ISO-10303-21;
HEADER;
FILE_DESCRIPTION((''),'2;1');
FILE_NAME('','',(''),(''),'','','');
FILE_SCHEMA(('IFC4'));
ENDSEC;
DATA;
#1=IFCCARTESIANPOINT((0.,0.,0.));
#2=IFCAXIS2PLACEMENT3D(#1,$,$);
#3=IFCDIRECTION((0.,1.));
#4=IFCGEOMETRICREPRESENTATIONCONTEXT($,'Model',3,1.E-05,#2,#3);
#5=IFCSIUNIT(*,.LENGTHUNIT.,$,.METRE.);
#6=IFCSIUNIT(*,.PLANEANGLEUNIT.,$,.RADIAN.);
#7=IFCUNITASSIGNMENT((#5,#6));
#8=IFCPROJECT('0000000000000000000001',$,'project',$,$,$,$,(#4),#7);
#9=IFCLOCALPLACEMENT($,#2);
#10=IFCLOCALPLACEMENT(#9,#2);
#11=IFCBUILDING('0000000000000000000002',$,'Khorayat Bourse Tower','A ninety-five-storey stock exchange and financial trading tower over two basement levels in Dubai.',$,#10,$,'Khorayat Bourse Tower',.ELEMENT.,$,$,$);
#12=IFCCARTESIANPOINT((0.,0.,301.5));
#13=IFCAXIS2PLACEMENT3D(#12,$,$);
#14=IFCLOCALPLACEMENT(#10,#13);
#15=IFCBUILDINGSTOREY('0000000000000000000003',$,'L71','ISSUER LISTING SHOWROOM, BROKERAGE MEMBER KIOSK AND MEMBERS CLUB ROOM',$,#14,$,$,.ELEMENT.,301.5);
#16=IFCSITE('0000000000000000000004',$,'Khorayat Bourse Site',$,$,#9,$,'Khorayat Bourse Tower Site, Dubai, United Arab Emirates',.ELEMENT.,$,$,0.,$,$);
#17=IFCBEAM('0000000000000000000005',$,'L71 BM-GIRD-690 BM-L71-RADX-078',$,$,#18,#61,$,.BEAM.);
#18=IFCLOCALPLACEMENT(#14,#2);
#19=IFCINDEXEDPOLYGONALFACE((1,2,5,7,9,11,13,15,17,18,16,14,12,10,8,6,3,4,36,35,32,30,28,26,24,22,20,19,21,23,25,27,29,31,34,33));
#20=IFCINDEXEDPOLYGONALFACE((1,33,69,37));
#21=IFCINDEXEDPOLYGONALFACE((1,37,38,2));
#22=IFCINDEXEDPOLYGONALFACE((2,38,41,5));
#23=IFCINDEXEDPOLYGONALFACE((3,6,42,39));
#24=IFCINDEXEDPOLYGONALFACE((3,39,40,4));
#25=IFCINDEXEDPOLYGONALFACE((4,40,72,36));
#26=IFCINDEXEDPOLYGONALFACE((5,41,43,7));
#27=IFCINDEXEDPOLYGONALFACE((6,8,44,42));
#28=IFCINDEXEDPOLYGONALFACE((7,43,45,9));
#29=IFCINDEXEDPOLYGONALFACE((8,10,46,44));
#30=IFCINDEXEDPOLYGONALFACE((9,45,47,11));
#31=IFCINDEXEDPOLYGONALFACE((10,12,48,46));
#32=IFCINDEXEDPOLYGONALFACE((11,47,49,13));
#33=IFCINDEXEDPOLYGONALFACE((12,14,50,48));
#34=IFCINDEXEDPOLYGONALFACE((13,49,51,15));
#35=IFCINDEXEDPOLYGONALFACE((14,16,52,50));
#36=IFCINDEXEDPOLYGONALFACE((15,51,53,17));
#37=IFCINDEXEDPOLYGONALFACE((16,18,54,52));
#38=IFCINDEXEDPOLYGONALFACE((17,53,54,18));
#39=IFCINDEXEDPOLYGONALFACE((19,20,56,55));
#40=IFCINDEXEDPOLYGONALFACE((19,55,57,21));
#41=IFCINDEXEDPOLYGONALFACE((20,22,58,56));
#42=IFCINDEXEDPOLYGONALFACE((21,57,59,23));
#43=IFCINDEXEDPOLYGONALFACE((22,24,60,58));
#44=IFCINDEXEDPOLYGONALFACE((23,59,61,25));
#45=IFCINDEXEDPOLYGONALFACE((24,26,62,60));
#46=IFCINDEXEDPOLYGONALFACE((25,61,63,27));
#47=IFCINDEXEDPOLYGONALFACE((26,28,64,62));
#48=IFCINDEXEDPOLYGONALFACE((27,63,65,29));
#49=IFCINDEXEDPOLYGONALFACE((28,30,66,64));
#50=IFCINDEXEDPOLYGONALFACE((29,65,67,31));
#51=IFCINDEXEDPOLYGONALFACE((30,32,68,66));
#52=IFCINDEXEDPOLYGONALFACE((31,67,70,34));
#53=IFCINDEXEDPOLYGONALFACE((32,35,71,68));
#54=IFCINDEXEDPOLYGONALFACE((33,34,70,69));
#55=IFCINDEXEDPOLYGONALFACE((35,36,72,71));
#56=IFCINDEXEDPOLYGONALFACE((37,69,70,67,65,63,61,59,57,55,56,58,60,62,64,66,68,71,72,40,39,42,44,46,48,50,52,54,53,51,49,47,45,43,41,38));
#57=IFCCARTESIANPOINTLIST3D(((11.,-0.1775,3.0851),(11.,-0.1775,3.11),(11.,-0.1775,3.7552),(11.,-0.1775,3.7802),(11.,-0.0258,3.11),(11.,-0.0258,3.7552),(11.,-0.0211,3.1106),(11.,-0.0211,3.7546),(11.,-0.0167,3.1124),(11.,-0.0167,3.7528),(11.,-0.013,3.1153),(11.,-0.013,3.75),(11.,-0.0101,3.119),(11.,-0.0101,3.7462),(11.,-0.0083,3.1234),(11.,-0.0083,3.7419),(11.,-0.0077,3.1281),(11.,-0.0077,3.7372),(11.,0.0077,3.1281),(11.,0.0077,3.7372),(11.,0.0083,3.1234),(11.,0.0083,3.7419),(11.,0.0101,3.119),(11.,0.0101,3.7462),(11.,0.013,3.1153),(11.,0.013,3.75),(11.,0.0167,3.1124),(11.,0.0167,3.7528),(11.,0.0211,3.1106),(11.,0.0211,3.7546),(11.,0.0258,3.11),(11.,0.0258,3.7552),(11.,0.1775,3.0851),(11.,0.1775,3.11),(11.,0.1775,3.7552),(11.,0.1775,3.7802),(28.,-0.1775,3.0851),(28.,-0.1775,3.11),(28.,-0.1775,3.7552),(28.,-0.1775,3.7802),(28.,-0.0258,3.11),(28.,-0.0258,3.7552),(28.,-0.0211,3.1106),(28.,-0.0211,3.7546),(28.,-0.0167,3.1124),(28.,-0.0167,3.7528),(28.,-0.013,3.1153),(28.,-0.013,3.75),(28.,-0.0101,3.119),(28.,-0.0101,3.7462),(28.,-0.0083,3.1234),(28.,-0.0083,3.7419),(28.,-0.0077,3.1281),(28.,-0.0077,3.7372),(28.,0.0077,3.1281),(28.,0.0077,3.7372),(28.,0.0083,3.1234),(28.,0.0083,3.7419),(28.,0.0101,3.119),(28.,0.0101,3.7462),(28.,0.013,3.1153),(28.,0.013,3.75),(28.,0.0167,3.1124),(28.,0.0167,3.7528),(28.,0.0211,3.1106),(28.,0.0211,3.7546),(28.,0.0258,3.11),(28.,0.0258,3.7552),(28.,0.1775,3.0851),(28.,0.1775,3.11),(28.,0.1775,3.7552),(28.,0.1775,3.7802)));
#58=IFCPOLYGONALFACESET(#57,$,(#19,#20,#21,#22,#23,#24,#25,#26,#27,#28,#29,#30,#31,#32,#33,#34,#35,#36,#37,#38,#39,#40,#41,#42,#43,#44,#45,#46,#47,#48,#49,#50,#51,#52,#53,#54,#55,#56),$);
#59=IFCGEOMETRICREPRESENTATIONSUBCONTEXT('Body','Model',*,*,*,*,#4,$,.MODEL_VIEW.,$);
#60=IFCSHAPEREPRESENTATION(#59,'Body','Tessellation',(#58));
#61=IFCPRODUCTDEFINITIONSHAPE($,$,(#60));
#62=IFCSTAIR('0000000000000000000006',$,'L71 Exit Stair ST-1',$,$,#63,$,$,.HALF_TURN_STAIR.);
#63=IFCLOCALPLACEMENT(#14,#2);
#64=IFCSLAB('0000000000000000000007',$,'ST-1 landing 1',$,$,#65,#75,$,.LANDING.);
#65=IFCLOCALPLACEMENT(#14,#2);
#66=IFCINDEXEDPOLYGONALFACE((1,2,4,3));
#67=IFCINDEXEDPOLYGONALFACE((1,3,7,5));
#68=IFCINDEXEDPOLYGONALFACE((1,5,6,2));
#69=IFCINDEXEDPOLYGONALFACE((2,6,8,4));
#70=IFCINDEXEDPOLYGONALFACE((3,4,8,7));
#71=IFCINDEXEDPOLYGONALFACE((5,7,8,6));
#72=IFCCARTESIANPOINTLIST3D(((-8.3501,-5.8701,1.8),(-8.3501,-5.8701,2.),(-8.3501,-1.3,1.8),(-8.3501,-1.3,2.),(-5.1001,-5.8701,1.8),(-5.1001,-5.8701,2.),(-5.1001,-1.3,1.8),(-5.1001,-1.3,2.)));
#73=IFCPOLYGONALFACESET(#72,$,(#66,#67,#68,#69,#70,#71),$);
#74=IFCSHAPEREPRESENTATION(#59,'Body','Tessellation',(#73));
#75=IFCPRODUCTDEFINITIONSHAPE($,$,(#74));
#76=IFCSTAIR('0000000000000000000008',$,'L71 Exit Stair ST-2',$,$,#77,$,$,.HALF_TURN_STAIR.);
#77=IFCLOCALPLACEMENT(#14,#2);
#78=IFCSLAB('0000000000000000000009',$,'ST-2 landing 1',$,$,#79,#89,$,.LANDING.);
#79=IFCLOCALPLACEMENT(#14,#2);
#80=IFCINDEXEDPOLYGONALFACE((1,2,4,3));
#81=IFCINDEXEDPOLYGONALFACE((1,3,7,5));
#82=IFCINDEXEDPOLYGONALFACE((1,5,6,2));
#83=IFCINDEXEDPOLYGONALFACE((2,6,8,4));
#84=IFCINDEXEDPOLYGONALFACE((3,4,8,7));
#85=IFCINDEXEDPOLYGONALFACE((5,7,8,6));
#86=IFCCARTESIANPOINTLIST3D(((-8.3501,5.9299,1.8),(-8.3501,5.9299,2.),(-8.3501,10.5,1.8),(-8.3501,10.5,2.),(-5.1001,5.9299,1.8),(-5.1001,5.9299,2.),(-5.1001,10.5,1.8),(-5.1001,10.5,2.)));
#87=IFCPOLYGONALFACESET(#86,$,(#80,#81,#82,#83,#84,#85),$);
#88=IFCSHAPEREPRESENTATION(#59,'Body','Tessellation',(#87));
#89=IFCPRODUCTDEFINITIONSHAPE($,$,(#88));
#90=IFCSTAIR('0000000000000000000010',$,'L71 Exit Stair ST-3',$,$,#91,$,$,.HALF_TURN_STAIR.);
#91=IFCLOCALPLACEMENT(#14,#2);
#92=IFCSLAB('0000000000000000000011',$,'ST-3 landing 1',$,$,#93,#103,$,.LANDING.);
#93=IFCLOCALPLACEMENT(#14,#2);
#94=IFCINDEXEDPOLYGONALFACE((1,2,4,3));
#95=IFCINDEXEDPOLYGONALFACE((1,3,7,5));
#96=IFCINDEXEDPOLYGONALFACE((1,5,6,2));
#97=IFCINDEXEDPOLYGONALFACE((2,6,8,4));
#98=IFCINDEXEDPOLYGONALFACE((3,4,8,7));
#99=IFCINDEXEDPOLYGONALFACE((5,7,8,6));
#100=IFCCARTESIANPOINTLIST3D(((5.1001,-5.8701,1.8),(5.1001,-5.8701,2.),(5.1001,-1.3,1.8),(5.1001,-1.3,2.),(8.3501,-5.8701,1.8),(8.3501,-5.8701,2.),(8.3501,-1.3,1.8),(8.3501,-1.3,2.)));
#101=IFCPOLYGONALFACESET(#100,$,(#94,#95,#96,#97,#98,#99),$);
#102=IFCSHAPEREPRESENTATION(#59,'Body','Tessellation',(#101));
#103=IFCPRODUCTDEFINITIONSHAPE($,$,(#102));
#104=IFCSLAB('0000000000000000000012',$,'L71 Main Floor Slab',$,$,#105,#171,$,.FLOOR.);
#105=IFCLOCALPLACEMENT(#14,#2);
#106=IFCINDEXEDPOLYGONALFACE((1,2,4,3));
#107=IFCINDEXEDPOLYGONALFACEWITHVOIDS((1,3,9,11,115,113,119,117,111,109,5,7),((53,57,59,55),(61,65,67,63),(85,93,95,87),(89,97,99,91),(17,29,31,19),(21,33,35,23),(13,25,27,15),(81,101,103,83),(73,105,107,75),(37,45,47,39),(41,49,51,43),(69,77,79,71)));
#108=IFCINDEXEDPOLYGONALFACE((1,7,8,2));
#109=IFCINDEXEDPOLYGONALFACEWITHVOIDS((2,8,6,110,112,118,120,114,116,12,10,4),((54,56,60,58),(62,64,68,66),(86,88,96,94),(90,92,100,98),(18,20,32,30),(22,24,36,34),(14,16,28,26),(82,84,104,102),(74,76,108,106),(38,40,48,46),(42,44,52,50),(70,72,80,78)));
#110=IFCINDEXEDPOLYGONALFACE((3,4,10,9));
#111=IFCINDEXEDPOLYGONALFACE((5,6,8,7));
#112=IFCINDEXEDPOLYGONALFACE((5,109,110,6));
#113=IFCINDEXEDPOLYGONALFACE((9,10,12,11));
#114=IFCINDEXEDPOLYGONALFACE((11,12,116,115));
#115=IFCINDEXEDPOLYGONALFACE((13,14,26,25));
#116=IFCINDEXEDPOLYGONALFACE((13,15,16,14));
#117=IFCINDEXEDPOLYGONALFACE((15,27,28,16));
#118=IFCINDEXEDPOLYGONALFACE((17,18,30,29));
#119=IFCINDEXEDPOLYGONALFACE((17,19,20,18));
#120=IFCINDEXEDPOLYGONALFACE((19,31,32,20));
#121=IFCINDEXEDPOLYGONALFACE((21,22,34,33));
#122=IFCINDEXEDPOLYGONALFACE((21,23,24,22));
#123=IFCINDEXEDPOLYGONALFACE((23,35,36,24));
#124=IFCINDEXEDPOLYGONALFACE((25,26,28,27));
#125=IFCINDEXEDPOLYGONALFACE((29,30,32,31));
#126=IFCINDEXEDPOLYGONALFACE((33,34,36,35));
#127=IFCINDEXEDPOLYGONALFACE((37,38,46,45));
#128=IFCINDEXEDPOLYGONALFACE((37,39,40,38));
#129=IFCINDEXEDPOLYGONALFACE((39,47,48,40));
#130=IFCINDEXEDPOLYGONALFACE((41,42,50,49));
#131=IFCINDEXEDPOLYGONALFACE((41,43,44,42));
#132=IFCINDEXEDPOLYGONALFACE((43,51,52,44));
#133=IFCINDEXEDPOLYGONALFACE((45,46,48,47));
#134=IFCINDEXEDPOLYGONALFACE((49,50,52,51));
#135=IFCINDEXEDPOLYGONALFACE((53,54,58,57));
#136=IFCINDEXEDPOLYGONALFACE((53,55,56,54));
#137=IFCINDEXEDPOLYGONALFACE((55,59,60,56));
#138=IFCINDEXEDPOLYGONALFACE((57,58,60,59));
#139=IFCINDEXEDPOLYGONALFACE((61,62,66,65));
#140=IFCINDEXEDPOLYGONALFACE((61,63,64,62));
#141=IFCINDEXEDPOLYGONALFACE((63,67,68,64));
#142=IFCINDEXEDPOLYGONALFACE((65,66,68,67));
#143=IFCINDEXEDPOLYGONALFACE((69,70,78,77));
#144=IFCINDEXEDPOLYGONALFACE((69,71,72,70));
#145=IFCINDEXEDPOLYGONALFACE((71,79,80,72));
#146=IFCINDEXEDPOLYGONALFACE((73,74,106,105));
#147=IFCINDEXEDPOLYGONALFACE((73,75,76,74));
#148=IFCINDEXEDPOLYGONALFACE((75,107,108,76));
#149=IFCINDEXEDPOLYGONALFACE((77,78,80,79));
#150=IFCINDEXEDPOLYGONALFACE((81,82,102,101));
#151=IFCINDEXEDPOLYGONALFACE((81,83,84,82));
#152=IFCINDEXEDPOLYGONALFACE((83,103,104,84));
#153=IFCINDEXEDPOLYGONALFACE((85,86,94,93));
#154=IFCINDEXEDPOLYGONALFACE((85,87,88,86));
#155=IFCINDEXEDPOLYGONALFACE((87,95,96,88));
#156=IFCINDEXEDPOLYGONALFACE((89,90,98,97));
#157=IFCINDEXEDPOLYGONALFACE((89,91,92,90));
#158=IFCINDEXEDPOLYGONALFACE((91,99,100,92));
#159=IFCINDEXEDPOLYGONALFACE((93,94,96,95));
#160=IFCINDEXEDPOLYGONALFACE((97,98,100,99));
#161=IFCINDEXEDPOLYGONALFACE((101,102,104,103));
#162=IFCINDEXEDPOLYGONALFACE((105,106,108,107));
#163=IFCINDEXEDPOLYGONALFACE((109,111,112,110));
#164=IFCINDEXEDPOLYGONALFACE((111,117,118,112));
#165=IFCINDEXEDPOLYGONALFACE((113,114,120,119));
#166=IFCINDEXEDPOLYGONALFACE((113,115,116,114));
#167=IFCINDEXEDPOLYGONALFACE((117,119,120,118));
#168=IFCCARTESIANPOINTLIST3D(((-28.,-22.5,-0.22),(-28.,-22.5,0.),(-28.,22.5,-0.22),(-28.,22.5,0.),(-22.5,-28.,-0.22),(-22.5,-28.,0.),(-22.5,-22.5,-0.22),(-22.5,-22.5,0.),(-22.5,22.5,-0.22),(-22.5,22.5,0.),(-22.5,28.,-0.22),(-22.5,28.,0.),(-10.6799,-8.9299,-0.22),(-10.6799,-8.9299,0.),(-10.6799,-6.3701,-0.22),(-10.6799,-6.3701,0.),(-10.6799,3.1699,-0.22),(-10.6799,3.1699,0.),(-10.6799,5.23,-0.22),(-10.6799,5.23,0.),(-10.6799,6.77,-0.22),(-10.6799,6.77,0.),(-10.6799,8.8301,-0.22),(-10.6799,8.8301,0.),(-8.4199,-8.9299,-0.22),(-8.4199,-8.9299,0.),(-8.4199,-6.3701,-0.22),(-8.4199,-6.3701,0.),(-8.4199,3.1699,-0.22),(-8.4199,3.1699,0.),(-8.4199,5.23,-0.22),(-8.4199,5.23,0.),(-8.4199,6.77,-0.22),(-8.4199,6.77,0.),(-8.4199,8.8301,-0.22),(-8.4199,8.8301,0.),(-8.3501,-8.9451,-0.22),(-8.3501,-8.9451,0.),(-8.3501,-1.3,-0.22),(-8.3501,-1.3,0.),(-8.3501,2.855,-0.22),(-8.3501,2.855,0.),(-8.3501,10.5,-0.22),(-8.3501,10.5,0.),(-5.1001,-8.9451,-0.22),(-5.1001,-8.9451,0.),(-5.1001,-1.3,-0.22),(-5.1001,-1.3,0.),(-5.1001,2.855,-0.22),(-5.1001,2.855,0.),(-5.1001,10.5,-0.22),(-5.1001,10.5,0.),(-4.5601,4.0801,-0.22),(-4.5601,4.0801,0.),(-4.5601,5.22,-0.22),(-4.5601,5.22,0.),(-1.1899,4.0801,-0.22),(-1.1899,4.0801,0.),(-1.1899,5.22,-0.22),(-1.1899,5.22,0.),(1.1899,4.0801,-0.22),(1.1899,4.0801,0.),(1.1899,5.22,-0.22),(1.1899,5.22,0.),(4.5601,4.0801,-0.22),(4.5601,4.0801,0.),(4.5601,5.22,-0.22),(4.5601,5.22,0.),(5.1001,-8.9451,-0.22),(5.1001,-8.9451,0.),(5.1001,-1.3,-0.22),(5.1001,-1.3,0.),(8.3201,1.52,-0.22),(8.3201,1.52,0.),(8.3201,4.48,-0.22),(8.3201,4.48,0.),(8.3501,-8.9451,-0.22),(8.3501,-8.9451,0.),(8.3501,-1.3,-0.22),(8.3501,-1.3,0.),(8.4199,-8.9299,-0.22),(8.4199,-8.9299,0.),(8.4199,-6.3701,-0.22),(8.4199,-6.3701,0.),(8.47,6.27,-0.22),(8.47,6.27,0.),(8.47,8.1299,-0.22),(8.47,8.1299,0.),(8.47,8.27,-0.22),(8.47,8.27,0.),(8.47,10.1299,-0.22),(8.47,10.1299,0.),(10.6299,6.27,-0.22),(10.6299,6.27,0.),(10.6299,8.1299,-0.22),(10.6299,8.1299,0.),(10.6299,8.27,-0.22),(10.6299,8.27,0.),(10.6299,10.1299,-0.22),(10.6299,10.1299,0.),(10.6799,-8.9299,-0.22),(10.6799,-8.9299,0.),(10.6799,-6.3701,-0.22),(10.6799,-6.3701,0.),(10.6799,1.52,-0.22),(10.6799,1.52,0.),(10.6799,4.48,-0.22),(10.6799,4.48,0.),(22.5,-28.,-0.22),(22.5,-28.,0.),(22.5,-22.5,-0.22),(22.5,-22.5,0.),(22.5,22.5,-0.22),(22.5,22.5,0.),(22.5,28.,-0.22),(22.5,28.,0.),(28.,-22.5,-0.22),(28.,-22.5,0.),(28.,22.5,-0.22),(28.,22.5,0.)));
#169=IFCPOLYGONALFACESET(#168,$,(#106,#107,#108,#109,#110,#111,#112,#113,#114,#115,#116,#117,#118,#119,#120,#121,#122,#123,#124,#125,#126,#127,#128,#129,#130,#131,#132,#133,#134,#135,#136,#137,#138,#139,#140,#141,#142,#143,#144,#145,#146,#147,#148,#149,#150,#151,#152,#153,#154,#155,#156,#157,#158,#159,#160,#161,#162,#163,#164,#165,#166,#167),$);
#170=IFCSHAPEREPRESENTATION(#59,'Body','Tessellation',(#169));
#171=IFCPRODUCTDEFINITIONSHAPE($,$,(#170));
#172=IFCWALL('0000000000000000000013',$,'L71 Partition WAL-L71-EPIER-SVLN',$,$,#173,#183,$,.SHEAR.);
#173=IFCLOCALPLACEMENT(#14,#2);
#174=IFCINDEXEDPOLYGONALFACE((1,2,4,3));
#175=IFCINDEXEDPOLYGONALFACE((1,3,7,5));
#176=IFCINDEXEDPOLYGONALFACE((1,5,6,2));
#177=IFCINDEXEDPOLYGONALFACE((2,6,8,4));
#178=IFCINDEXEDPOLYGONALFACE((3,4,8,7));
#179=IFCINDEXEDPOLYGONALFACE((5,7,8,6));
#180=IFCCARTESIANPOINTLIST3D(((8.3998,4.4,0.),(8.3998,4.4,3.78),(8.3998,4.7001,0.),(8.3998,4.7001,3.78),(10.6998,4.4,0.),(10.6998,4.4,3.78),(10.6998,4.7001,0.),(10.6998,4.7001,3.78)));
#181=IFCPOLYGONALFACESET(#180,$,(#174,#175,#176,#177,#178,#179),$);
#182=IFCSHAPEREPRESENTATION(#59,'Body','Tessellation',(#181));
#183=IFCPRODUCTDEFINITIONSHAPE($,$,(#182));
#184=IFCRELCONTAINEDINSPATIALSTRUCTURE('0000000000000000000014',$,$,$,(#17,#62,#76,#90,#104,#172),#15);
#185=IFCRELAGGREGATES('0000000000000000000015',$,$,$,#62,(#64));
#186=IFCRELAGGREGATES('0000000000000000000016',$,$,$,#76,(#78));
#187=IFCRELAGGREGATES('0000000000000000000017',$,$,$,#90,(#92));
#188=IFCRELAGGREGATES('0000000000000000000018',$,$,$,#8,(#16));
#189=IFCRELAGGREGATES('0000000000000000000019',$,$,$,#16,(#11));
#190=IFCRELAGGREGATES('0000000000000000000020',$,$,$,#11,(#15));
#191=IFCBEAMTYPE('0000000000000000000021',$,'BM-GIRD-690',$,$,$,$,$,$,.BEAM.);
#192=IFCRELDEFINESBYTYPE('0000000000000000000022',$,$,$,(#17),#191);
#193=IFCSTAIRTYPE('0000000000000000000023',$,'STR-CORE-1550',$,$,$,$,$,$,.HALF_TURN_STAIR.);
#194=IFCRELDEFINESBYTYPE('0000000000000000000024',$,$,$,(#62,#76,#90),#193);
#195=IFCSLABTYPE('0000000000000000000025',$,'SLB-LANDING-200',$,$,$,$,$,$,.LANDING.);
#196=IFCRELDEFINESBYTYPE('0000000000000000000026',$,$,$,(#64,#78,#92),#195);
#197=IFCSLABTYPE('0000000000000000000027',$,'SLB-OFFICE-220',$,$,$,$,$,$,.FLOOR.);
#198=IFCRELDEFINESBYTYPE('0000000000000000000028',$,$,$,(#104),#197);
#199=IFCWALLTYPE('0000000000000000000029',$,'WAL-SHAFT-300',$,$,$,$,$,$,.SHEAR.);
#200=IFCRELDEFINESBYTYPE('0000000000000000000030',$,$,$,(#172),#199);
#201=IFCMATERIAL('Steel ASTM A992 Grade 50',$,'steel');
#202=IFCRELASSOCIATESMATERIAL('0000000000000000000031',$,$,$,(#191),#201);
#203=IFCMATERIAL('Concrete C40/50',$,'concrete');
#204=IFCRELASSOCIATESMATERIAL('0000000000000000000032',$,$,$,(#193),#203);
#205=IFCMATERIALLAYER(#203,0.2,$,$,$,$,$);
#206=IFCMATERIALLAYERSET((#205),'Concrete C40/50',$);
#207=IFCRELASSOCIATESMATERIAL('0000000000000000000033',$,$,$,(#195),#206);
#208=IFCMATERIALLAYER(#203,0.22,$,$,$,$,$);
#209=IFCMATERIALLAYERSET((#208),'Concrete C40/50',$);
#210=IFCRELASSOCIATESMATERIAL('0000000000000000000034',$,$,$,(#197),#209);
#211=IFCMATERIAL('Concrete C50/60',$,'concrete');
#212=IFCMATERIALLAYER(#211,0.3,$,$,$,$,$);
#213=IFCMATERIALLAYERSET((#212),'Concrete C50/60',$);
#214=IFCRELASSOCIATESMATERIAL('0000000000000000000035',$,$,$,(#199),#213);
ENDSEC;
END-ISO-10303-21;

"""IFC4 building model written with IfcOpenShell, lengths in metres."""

from ifc_helpers import new_model, si_unit, direction, frame, frame_2d, origin, origin_2d, place, context, subcontext, project, spatial, polyline, rectangle, i_section, outline, extrude, source, transform, mapped, material, layer, layer_set, material_profile, profile_set, type_object, element, aggregate, save


model = new_model("IFC4")

# Units and contexts
model_context = context("Model", 3, precision=1e-05, world=origin(), true_north=direction((0.0, 1.0)))
body_context = subcontext(model_context, "Body", "Model", "MODEL_VIEW")
ifc_project = project(units=[si_unit("LENGTHUNIT", "METRE"), si_unit("PLANEANGLEUNIT", "RADIAN")], contexts=[model_context])

# Site, building, storey
site_placement = place(None, origin())
site = spatial("IfcSite", under=ifc_project, at=site_placement, Name="Khorayat Bourse Site", LongName="Khorayat Bourse Tower Site, Dubai, United Arab Emirates", CompositionType="ELEMENT", RefElevation=0.0)
building_placement = place(site_placement, origin())
building = spatial("IfcBuilding", under=site, at=building_placement, Name="Khorayat Bourse Tower", Description="A ninety-five-storey stock exchange and financial trading tower over two basement levels in Dubai.", LongName="Khorayat Bourse Tower", CompositionType="ELEMENT")
storey_placement = place(building_placement, frame((0.0, 0.0, 301.5)))
storey = spatial("IfcBuildingStorey", under=building, at=storey_placement, Name="L71", Description="ISSUER LISTING SHOWROOM, BROKERAGE MEMBER KIOSK AND MEMBERS CLUB ROOM", CompositionType="ELEMENT", Elevation=301.5)

# Beam
ifc_material_1 = material(Name="Steel ASTM A992 Grade 50", Category="steel")
ifc_material_profile_1 = material_profile(ifc_material_1, i_section(OverallWidth=0.355, OverallDepth=0.6951, WebThickness=0.0154, FlangeThickness=0.0249, FilletRadius=0.0181, at=origin_2d()), Name="W690X217")
ifc_profile_set_1 = profile_set([ifc_material_profile_1], Name="Steel ASTM A992 Grade 50")
beam_type_1 = type_object("IfcBeamType", Name="BM-GIRD-690", PredefinedType="BEAM", material=ifc_profile_set_1)
shared_shape_1 = source(origin(), body_context, "Body", "SweptSolid", [
    extrude(i_section(OverallWidth=0.355, OverallDepth=0.6951, WebThickness=0.0154, FlangeThickness=0.0249, FilletRadius=0.0181, at=origin_2d()), origin(), (0.0, 0.0, 1.0), 17.0),
])
beam_1_placement = place(storey_placement, frame((11.0, 0.0, 3.4326), z_axis=(1.0, 0.0, 0.0), x_axis=(0.0, 1.0, 0.0)))
element("IfcBeam", 1, at=beam_1_placement, inside=storey, type_object=beam_type_1, Name="L71 BM-GIRD-690 BM-L71-RADX-078", PredefinedType="BEAM", context=body_context, shape_type="MappedRepresentation", body=[
    mapped(shared_shape_1, transform((0.0, 0.0, 0.0), scale=1.0)),
])

# Stairs, slabs
ifc_material_2 = material(Name="Concrete C40/50", Category="concrete")
stair_type = type_object("IfcStairType", Name="STR-CORE-1550", PredefinedType="HALF_TURN_STAIR", material=ifc_material_2)
stair_1_placement = place(storey_placement, origin())
stair_1 = element("IfcStair", 2, at=stair_1_placement, inside=storey, type_object=stair_type, Name="L71 Exit Stair ST-1", PredefinedType="HALF_TURN_STAIR")
ifc_layer_1 = layer(ifc_material_2, 0.2)
ifc_layer_set_1 = layer_set([ifc_layer_1], Name="Concrete C40/50")
slab_type_1 = type_object("IfcSlabType", Name="SLB-LANDING-200", PredefinedType="LANDING", material=ifc_layer_set_1)
slab_1_placement = place(storey_placement, frame((0.0, 0.0, 1.8)))
slab_1 = element("IfcSlab", 3, at=slab_1_placement, type_object=slab_type_1, Name="ST-1 landing 1", PredefinedType="LANDING", context=body_context, shape_type="SweptSolid", body=[
    extrude(outline(polyline([(-5.1001, -5.8701), (-5.1001, -1.3), (-8.3501, -1.3), (-8.3501, -5.8701), (-5.1001, -5.8701)])), origin(), (0.0, 0.0, 1.0), 0.2),
])
aggregate(stair_1, [slab_1])
stair_2_placement = place(storey_placement, origin())
stair_2 = element("IfcStair", 4, at=stair_2_placement, inside=storey, type_object=stair_type, Name="L71 Exit Stair ST-2", PredefinedType="HALF_TURN_STAIR")
slab_2_placement = place(storey_placement, frame((0.0, 0.0, 1.8)))
slab_2 = element("IfcSlab", 5, at=slab_2_placement, type_object=slab_type_1, Name="ST-2 landing 1", PredefinedType="LANDING", context=body_context, shape_type="SweptSolid", body=[
    extrude(outline(polyline([(-5.1001, 5.9299), (-5.1001, 10.5), (-8.3501, 10.5), (-8.3501, 5.9299), (-5.1001, 5.9299)])), origin(), (0.0, 0.0, 1.0), 0.2),
])
aggregate(stair_2, [slab_2])
stair_3_placement = place(storey_placement, origin())
stair_3 = element("IfcStair", 6, at=stair_3_placement, inside=storey, type_object=stair_type, Name="L71 Exit Stair ST-3", PredefinedType="HALF_TURN_STAIR")
slab_3_placement = place(storey_placement, frame((0.0, 0.0, 1.8)))
slab_3 = element("IfcSlab", 7, at=slab_3_placement, type_object=slab_type_1, Name="ST-3 landing 1", PredefinedType="LANDING", context=body_context, shape_type="SweptSolid", body=[
    extrude(outline(polyline([(8.3501, -5.8701), (8.3501, -1.3), (5.1001, -1.3), (5.1001, -5.8701), (8.3501, -5.8701)])), origin(), (0.0, 0.0, 1.0), 0.2),
])
aggregate(stair_3, [slab_3])

# Slab
ifc_layer_2 = layer(ifc_material_2, 0.22)
ifc_layer_set_2 = layer_set([ifc_layer_2], Name="Concrete C40/50")
slab_type_2 = type_object("IfcSlabType", Name="SLB-OFFICE-220", PredefinedType="FLOOR", material=ifc_layer_set_2)
slab_4_placement = place(storey_placement, frame((0.0, 0.0, -0.22)))
element("IfcSlab", 8, at=slab_4_placement, inside=storey, type_object=slab_type_2, Name="L71 Main Floor Slab", PredefinedType="FLOOR", context=body_context, shape_type="SweptSolid", body=[
    extrude(outline(polyline([(-22.5, -28.0), (22.5, -28.0), (22.5, -22.5), (28.0, -22.5), (28.0, 22.5), (22.5, 22.5), (22.5, 28.0), (-22.5, 28.0), (-22.5, 22.5), (-28.0, 22.5), (-28.0, -22.5), (-22.5, -22.5), (-22.5, -28.0)]), holes=[polyline([(-8.3501, -8.9451), (-5.1001, -8.9451), (-5.1001, -1.3), (-8.3501, -1.3), (-8.3501, -8.9451)]), polyline([(-8.3501, 2.855), (-5.1001, 2.855), (-5.1001, 10.5), (-8.3501, 10.5), (-8.3501, 2.855)]), polyline([(5.1001, -8.9451), (8.3501, -8.9451), (8.3501, -1.3), (5.1001, -1.3), (5.1001, -8.9451)]), polyline([(-10.6799, 3.1699), (-8.4199, 3.1699), (-8.4199, 5.23), (-10.6799, 5.23), (-10.6799, 3.1699)]), polyline([(-10.6799, 6.77), (-8.4199, 6.77), (-8.4199, 8.8301), (-10.6799, 8.8301), (-10.6799, 6.77)]), polyline([(8.47, 6.27), (10.6299, 6.27), (10.6299, 8.1299), (8.47, 8.1299), (8.47, 6.27)]), polyline([(8.47, 8.27), (10.6299, 8.27), (10.6299, 10.1299), (8.47, 10.1299), (8.47, 8.27)]), polyline([(-10.6799, -8.9299), (-8.4199, -8.9299), (-8.4199, -6.3701), (-10.6799, -6.3701), (-10.6799, -8.9299)]), polyline([(8.4199, -8.9299), (10.6799, -8.9299), (10.6799, -6.3701), (8.4199, -6.3701), (8.4199, -8.9299)]), polyline([(8.3201, 1.52), (10.6799, 1.52), (10.6799, 4.48), (8.3201, 4.48), (8.3201, 1.52)]), polyline([(-4.5601, 4.0801), (-1.1899, 4.0801), (-1.1899, 5.22), (-4.5601, 5.22), (-4.5601, 4.0801)]), polyline([(1.1899, 4.0801), (4.5601, 4.0801), (4.5601, 5.22), (1.1899, 5.22), (1.1899, 4.0801)])]), origin(), (0.0, 0.0, 1.0), 0.22),
])

# Wall
ifc_material_3 = material(Name="Concrete C50/60", Category="concrete")
ifc_layer_3 = layer(ifc_material_3, 0.3)
ifc_layer_set_3 = layer_set([ifc_layer_3], Name="Concrete C50/60")
wall_type_1 = type_object("IfcWallType", Name="WAL-SHAFT-300", PredefinedType="SHEAR", material=ifc_layer_set_3)
shared_shape_2 = source(origin(), body_context, "Body", "SweptSolid", [
    extrude(rectangle(XDim=2.3, YDim=0.3, at=frame_2d((1.1499, 0.0))), origin(), (0.0, 0.0, 1.0), 3.78),
])
for number, where, z_axis, x_axis, name in (
    (9, (8.3999, 4.55, 0.0), (0.0, 0.0, 1.0), (1.0, 0.0, 0.0), "L71 Partition WAL-L71-EPIER-SVLN"),
):
    element("IfcWall", number, at=place(storey_placement, frame(where, z_axis=z_axis, x_axis=x_axis)), inside=storey, type_object=wall_type_1, Name=name, PredefinedType="SHEAR", context=body_context, shape_type="MappedRepresentation", body=[
        mapped(shared_shape_2, transform((0.0, 0.0, 0.0), scale=1.0)),
    ])

save(model, "model.ifc")
